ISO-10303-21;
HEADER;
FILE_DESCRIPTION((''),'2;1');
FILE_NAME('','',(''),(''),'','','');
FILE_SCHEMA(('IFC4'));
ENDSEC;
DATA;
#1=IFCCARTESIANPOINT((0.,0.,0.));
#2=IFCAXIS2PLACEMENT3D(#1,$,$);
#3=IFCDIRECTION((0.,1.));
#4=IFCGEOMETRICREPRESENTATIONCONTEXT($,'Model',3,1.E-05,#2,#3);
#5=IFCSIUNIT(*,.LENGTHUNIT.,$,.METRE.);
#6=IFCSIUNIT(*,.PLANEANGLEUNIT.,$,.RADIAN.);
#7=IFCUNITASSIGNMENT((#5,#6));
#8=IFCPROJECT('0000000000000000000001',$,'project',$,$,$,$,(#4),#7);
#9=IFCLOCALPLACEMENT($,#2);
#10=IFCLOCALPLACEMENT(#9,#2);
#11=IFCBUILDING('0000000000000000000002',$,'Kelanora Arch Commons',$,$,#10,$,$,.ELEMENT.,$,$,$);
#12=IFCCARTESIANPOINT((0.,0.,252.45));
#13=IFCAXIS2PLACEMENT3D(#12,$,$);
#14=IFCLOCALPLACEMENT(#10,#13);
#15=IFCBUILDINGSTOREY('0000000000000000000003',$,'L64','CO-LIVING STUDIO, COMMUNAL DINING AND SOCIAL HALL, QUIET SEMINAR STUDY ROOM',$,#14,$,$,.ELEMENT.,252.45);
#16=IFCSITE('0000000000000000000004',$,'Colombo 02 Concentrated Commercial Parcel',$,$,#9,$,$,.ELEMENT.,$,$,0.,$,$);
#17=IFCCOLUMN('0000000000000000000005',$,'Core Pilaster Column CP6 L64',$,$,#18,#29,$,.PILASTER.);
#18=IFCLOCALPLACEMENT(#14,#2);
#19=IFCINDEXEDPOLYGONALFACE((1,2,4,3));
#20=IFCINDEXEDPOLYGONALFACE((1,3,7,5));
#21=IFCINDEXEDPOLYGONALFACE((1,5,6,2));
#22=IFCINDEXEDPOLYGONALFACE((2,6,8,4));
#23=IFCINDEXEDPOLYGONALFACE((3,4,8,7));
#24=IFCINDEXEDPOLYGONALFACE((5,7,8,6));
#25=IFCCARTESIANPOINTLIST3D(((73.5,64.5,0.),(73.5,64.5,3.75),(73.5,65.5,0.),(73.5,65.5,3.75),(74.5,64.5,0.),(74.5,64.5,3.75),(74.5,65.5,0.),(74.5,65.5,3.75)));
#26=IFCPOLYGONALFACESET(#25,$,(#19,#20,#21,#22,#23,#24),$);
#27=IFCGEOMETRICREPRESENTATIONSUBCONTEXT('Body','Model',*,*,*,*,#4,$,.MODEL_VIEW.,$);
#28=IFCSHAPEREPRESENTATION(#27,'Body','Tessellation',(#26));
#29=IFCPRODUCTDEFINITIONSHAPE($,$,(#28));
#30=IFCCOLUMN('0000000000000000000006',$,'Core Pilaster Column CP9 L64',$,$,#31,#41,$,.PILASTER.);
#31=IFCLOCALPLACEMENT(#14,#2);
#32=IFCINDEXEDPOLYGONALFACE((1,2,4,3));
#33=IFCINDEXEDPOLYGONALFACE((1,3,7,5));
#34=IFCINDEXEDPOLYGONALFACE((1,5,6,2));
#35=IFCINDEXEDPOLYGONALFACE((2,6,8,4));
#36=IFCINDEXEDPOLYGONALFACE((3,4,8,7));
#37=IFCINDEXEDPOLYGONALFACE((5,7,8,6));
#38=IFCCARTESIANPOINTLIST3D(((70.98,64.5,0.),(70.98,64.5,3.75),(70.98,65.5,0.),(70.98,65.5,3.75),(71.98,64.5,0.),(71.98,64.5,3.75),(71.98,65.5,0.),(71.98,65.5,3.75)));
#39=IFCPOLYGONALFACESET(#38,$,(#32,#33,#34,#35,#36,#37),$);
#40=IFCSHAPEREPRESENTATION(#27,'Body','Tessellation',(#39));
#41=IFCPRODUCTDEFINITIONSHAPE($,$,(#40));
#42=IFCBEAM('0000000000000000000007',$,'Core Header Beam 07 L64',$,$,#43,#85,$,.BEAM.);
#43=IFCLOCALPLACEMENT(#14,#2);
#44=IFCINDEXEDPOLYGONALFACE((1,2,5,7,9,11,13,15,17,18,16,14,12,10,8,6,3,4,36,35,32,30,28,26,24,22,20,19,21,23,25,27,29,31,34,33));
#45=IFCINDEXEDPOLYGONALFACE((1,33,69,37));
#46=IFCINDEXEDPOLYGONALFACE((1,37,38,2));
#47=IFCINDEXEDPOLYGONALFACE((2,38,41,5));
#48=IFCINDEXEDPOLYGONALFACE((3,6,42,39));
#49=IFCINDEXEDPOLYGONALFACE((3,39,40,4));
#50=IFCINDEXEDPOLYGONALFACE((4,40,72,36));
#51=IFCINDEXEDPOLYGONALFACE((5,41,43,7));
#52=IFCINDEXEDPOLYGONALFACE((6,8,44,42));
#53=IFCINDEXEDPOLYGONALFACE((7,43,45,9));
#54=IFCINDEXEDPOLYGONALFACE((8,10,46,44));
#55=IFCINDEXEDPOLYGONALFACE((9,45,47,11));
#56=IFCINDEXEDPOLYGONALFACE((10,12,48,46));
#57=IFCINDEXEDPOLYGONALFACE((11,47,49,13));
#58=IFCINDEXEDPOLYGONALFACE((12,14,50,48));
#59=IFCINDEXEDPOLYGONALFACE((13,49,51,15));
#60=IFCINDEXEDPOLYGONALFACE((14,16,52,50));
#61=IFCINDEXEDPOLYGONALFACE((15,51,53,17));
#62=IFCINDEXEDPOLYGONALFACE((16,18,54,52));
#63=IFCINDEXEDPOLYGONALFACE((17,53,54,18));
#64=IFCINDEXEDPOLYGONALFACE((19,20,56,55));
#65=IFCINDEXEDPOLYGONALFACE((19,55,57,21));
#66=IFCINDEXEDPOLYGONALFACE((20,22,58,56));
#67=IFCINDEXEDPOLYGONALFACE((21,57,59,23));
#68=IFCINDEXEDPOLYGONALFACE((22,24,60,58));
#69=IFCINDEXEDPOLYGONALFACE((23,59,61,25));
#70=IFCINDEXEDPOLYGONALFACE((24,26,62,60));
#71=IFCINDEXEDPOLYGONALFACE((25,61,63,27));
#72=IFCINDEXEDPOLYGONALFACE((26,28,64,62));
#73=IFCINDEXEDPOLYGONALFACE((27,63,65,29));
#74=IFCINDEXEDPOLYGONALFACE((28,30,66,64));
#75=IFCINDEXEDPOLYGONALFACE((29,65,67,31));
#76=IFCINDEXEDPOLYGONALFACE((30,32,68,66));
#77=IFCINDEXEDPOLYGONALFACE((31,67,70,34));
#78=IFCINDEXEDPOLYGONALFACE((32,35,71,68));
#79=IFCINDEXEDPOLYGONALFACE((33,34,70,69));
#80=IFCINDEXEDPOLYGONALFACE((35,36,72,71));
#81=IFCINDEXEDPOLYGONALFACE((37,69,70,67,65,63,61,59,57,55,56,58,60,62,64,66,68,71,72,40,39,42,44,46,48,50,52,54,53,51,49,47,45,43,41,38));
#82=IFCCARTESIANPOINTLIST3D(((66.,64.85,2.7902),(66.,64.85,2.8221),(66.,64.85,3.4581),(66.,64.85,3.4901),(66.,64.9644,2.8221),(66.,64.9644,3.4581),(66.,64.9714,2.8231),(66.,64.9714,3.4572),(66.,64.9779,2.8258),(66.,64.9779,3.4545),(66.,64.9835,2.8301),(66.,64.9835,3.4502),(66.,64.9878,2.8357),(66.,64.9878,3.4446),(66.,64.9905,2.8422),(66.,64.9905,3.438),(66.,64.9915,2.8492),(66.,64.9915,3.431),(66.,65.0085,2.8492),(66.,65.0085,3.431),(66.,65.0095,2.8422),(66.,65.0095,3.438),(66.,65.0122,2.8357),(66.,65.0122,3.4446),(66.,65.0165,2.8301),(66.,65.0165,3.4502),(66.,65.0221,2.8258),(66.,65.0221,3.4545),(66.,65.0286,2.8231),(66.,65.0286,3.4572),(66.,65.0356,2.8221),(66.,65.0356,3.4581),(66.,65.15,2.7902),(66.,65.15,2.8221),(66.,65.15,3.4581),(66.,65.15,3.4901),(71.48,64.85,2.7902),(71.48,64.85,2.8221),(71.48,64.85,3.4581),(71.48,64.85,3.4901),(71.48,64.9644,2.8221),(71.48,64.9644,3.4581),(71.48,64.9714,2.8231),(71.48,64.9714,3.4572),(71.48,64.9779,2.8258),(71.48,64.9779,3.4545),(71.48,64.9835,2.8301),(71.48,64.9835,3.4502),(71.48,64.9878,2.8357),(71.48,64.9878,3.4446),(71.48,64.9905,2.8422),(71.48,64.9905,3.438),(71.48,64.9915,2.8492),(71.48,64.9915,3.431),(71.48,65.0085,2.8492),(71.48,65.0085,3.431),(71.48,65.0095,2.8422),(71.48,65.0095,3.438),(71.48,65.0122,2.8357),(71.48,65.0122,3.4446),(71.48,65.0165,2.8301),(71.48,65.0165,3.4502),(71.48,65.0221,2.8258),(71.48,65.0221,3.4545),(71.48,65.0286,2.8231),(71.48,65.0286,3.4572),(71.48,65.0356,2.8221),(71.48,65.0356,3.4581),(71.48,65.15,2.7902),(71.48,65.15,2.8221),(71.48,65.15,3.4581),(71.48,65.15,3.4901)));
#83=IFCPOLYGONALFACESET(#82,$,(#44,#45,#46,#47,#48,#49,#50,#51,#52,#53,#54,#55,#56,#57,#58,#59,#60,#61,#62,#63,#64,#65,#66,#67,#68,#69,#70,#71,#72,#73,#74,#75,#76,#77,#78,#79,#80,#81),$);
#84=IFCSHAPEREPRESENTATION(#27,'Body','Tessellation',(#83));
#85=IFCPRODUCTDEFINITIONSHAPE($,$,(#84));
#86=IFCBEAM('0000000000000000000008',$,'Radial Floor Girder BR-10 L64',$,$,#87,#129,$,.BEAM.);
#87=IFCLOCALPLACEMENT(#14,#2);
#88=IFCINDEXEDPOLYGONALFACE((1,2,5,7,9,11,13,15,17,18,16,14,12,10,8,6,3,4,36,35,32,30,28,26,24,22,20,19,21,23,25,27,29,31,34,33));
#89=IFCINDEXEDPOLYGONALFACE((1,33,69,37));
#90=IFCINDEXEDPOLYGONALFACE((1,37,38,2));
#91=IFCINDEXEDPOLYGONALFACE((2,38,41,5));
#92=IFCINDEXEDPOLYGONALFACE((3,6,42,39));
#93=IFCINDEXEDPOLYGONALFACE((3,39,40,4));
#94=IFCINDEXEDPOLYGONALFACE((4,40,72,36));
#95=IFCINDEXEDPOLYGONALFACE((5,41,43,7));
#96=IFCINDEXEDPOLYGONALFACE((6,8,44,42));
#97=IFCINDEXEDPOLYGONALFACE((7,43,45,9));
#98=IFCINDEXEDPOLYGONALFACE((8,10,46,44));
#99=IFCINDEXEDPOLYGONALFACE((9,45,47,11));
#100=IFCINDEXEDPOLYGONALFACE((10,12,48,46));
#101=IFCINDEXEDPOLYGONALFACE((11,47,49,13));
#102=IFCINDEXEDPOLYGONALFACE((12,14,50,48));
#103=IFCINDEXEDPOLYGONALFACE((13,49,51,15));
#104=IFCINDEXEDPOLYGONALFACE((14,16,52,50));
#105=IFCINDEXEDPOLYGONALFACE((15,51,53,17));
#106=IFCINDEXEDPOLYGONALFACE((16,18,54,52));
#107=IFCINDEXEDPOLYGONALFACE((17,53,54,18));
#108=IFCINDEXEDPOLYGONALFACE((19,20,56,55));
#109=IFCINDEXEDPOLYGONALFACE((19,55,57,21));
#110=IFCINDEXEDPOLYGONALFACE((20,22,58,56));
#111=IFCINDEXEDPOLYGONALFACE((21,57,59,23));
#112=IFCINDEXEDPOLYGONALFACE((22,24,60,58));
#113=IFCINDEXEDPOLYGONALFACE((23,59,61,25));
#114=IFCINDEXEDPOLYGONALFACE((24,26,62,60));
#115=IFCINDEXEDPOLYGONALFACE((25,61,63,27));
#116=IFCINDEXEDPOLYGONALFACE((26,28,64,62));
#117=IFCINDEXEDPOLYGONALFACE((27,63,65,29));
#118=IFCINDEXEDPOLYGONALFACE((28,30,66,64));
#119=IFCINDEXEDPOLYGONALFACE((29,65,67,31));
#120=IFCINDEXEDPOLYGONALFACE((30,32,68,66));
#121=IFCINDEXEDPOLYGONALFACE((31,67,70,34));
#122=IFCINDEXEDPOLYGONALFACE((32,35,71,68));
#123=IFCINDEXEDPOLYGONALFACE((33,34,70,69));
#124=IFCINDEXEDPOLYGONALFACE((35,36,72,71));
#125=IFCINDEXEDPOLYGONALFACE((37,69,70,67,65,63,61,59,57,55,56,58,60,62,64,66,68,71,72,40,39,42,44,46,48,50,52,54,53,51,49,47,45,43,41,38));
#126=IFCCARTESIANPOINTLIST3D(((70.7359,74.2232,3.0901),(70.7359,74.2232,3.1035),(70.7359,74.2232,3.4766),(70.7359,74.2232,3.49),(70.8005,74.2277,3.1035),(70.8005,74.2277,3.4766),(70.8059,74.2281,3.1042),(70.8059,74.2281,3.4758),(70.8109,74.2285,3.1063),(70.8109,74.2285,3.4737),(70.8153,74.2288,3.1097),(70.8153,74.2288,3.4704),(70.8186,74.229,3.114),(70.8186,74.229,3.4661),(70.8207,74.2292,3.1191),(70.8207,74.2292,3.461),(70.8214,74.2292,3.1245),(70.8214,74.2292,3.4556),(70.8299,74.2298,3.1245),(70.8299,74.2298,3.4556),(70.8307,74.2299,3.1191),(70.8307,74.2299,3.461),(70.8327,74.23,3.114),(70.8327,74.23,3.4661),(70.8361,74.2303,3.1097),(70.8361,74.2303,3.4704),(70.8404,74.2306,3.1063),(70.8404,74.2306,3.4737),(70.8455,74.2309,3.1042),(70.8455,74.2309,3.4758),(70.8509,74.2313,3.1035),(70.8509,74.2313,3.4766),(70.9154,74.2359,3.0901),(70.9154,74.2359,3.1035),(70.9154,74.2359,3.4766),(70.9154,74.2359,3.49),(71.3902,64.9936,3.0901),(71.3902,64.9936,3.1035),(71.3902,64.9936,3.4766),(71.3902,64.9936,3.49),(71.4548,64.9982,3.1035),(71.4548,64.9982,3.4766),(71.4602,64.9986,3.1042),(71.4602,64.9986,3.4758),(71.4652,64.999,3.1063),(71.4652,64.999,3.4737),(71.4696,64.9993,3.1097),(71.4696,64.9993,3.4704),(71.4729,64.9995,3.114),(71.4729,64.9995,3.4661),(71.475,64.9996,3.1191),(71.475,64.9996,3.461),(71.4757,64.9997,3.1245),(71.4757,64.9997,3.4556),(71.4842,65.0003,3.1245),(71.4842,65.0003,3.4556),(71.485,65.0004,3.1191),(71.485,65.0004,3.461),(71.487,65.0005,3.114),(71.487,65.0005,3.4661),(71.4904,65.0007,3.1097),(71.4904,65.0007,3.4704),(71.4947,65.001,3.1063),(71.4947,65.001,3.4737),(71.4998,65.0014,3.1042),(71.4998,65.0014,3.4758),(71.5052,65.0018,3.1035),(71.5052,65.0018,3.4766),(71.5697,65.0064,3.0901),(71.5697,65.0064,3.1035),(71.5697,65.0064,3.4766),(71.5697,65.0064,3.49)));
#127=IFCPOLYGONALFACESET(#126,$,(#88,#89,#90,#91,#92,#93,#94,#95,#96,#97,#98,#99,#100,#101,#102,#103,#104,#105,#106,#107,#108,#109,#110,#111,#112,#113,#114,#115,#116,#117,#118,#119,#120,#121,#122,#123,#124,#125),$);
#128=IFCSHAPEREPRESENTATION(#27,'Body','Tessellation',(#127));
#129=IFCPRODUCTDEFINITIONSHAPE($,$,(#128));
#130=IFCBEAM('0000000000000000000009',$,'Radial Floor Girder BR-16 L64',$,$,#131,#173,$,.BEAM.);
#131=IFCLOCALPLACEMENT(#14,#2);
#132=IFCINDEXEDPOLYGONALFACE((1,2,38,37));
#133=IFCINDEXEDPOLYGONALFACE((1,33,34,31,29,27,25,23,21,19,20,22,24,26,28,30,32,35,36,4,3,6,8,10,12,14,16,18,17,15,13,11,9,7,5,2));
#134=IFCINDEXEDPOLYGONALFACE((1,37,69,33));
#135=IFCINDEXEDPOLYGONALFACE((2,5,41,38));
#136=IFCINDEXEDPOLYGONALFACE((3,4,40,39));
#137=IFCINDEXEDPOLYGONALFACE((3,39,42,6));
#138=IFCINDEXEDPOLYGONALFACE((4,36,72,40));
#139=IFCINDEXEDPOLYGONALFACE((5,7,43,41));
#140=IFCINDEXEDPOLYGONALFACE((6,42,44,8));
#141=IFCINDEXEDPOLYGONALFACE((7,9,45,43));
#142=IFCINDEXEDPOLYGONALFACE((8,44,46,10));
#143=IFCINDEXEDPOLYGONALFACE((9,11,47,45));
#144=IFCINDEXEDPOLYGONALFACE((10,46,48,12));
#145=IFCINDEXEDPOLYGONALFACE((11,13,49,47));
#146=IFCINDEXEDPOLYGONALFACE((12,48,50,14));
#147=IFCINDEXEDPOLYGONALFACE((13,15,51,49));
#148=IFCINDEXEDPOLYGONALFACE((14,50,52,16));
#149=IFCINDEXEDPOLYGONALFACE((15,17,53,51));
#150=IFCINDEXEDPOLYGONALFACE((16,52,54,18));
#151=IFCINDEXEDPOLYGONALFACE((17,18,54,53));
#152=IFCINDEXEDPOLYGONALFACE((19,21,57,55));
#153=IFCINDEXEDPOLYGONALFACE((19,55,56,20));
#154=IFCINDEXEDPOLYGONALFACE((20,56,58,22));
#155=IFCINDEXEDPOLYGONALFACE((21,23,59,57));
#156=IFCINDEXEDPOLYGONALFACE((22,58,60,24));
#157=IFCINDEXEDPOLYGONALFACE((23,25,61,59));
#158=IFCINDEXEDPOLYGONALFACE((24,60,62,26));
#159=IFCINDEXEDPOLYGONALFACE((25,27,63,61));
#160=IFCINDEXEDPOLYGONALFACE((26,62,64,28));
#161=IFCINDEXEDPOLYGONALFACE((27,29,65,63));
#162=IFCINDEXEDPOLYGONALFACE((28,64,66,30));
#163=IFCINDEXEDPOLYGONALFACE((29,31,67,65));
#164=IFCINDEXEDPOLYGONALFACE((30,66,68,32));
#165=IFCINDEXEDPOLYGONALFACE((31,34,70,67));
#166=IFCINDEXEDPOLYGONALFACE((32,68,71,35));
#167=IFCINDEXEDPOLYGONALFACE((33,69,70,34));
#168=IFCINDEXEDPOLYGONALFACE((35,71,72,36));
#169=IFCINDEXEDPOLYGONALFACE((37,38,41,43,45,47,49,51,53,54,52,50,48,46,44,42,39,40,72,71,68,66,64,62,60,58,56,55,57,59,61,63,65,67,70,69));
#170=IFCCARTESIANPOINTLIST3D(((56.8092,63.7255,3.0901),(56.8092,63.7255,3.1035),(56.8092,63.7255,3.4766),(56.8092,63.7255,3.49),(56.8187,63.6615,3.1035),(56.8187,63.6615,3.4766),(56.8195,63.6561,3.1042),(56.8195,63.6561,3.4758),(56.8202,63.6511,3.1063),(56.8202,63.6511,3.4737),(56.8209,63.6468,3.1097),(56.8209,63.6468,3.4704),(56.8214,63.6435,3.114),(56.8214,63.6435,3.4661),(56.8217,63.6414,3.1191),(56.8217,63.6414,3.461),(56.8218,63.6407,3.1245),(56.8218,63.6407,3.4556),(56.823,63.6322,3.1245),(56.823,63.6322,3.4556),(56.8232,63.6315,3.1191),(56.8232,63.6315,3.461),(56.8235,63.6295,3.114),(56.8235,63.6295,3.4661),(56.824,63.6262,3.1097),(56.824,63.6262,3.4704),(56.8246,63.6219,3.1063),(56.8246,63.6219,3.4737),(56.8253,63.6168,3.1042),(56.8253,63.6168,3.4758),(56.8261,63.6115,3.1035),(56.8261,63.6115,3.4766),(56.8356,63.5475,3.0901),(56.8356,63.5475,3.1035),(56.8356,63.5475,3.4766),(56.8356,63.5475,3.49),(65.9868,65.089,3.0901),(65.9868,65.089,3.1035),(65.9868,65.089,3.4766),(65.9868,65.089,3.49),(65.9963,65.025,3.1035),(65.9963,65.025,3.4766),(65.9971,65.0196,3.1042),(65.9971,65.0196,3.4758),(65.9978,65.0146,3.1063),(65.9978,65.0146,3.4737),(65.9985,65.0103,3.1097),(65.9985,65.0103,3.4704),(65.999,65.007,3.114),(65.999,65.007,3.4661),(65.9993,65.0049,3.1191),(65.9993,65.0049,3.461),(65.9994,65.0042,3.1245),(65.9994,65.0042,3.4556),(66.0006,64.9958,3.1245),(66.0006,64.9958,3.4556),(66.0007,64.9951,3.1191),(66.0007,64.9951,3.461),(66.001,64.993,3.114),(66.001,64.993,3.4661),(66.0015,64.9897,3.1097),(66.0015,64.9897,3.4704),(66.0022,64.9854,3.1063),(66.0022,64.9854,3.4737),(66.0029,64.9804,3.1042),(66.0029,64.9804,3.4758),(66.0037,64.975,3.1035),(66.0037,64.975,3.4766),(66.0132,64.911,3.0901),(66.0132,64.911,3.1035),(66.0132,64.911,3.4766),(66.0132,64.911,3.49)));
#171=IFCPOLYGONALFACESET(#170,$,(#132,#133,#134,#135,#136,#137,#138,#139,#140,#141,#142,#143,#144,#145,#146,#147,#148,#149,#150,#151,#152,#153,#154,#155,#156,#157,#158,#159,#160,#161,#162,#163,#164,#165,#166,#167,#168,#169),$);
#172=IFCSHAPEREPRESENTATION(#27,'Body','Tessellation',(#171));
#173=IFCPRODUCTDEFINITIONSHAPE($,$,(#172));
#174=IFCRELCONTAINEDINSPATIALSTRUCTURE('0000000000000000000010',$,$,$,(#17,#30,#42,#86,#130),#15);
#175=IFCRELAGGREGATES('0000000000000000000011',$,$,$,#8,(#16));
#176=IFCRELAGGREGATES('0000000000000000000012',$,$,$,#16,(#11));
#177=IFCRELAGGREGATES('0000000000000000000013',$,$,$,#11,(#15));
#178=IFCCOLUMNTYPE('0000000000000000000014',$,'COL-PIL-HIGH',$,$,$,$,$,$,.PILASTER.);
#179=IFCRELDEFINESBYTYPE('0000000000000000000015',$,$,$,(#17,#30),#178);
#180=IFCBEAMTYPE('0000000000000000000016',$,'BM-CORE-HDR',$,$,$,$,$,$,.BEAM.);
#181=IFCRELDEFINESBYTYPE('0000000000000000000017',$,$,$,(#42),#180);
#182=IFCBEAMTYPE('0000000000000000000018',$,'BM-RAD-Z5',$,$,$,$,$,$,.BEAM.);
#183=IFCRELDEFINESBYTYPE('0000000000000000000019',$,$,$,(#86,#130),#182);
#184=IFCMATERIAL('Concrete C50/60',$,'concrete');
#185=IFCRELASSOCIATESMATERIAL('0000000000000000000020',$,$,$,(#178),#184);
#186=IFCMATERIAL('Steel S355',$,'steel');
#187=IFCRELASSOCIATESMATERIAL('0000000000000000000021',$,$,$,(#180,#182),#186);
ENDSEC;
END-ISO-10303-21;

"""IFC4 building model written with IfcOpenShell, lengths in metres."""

from ifc_helpers import new_model, si_unit, direction, frame, origin, origin_2d, place, context, subcontext, project, spatial, rectangle, i_section, extrude, material, material_profile, profile_set, type_object, element, save


model = new_model("IFC4")

# Units and contexts
model_context = context("Model", 3, precision=1e-05, world=origin(), true_north=direction((0.0, 1.0)))
body_context = subcontext(model_context, "Body", "Model", "MODEL_VIEW")
ifc_project = project(units=[si_unit("LENGTHUNIT", "METRE"), si_unit("PLANEANGLEUNIT", "RADIAN")], contexts=[model_context])

# Site, building, storey
site_placement = place(None, origin())
site = spatial("IfcSite", under=ifc_project, at=site_placement, Name="Colombo 02 Concentrated Commercial Parcel", CompositionType="ELEMENT", RefElevation=0.0)
building_placement = place(site_placement, origin())
building = spatial("IfcBuilding", under=site, at=building_placement, Name="Kelanora Arch Commons", CompositionType="ELEMENT")
storey_placement = place(building_placement, frame((0.0, 0.0, 252.45)))
storey = spatial("IfcBuildingStorey", under=building, at=storey_placement, Name="L64", Description="CO-LIVING STUDIO, COMMUNAL DINING AND SOCIAL HALL, QUIET SEMINAR STUDY ROOM", CompositionType="ELEMENT", Elevation=252.45)

# Columns
ifc_material_1 = material(Name="Concrete C50/60", Category="concrete")
ifc_material_profile_1 = material_profile(ifc_material_1, rectangle(XDim=1.0, YDim=1.0, at=origin_2d()), Name="RC1000x1000")
ifc_profile_set_1 = profile_set([ifc_material_profile_1], Name="Concrete C50/60")
column_type = type_object("IfcColumnType", Name="COL-PIL-HIGH", PredefinedType="PILASTER", material=ifc_profile_set_1)
for number, where, z_axis, x_axis, name in (
    (1, (74.0, 65.0, 0.0), (0.0, 0.0, 1.0), (1.0, 0.0, 0.0), "Core Pilaster Column CP6 L64"),
    (2, (71.48, 65.0, 0.0), (0.0, 0.0, 1.0), (1.0, 0.0, 0.0), "Core Pilaster Column CP9 L64"),
):
    element("IfcColumn", number, at=place(storey_placement, frame(where, z_axis=z_axis, x_axis=x_axis)), inside=storey, type_object=column_type, Name=name, PredefinedType="PILASTER", context=body_context, shape_type="SweptSolid", body=[
        extrude(rectangle(XDim=1.0, YDim=1.0, at=origin_2d()), origin(), (0.0, 0.0, 1.0), 3.75),
    ])

# Beams
ifc_material_2 = material(Name="Steel S355", Category="steel")
ifc_material_profile_2 = material_profile(ifc_material_2, i_section(OverallWidth=0.3, OverallDepth=0.7, WebThickness=0.0171, FlangeThickness=0.032, FilletRadius=0.0271, at=origin_2d()), Name="HEB700")
ifc_profile_set_2 = profile_set([ifc_material_profile_2], Name="Steel S355")
beam_type_1 = type_object("IfcBeamType", Name="BM-CORE-HDR", PredefinedType="BEAM", material=ifc_profile_set_2)
beam_1_placement = place(storey_placement, frame((71.48, 65.0, 3.1401), z_axis=(-1.0, 0.0, 0.0), x_axis=(0.0, -1.0, 0.0)))
element("IfcBeam", 3, at=beam_1_placement, inside=storey, type_object=beam_type_1, Name="Core Header Beam 07 L64", PredefinedType="BEAM", context=body_context, shape_type="SweptSolid", body=[
    extrude(i_section(OverallWidth=0.3, OverallDepth=0.7, WebThickness=0.0171, FlangeThickness=0.032, FilletRadius=0.0271, at=origin_2d()), origin(), (0.0, 0.0, 1.0), 5.48),
])
ifc_material_profile_3 = material_profile(ifc_material_2, i_section(OverallWidth=0.1799, OverallDepth=0.3999, WebThickness=0.0085, FlangeThickness=0.0134, FilletRadius=0.021, at=origin_2d()), Name="IPE400")
ifc_profile_set_3 = profile_set([ifc_material_profile_3], Name="Steel S355")
beam_type_2 = type_object("IfcBeamType", Name="BM-RAD-Z5", PredefinedType="BEAM", material=ifc_profile_set_3)
beam_2_placement = place(storey_placement, frame((71.48, 65.0, 3.29), z_axis=(-0.070714, 0.997497, 0.0), x_axis=(-0.997497, -0.070714, 0.0)))
element("IfcBeam", 4, at=beam_2_placement, inside=storey, type_object=beam_type_2, Name="Radial Floor Girder BR-10 L64", PredefinedType="BEAM", context=body_context, shape_type="SweptSolid", body=[
    extrude(i_section(OverallWidth=0.1799, OverallDepth=0.3999, WebThickness=0.0085, FlangeThickness=0.0134, FilletRadius=0.021, at=origin_2d()), origin(), (0.0, 0.0, 1.0), 9.2527),
])
beam_3_placement = place(storey_placement, frame((66.0, 65.0, 3.29), z_axis=(-0.989142, -0.14696, 0.0), x_axis=(0.14696, -0.989142, 0.0)))
element("IfcBeam", 5, at=beam_3_placement, inside=storey, type_object=beam_type_2, Name="Radial Floor Girder BR-16 L64", PredefinedType="BEAM", context=body_context, shape_type="SweptSolid", body=[
    extrude(i_section(OverallWidth=0.1799, OverallDepth=0.3999, WebThickness=0.0085, FlangeThickness=0.0134, FilletRadius=0.021, at=origin_2d()), origin(), (0.0, 0.0, 1.0), 9.2783),
])

save(model, "model.ifc")
